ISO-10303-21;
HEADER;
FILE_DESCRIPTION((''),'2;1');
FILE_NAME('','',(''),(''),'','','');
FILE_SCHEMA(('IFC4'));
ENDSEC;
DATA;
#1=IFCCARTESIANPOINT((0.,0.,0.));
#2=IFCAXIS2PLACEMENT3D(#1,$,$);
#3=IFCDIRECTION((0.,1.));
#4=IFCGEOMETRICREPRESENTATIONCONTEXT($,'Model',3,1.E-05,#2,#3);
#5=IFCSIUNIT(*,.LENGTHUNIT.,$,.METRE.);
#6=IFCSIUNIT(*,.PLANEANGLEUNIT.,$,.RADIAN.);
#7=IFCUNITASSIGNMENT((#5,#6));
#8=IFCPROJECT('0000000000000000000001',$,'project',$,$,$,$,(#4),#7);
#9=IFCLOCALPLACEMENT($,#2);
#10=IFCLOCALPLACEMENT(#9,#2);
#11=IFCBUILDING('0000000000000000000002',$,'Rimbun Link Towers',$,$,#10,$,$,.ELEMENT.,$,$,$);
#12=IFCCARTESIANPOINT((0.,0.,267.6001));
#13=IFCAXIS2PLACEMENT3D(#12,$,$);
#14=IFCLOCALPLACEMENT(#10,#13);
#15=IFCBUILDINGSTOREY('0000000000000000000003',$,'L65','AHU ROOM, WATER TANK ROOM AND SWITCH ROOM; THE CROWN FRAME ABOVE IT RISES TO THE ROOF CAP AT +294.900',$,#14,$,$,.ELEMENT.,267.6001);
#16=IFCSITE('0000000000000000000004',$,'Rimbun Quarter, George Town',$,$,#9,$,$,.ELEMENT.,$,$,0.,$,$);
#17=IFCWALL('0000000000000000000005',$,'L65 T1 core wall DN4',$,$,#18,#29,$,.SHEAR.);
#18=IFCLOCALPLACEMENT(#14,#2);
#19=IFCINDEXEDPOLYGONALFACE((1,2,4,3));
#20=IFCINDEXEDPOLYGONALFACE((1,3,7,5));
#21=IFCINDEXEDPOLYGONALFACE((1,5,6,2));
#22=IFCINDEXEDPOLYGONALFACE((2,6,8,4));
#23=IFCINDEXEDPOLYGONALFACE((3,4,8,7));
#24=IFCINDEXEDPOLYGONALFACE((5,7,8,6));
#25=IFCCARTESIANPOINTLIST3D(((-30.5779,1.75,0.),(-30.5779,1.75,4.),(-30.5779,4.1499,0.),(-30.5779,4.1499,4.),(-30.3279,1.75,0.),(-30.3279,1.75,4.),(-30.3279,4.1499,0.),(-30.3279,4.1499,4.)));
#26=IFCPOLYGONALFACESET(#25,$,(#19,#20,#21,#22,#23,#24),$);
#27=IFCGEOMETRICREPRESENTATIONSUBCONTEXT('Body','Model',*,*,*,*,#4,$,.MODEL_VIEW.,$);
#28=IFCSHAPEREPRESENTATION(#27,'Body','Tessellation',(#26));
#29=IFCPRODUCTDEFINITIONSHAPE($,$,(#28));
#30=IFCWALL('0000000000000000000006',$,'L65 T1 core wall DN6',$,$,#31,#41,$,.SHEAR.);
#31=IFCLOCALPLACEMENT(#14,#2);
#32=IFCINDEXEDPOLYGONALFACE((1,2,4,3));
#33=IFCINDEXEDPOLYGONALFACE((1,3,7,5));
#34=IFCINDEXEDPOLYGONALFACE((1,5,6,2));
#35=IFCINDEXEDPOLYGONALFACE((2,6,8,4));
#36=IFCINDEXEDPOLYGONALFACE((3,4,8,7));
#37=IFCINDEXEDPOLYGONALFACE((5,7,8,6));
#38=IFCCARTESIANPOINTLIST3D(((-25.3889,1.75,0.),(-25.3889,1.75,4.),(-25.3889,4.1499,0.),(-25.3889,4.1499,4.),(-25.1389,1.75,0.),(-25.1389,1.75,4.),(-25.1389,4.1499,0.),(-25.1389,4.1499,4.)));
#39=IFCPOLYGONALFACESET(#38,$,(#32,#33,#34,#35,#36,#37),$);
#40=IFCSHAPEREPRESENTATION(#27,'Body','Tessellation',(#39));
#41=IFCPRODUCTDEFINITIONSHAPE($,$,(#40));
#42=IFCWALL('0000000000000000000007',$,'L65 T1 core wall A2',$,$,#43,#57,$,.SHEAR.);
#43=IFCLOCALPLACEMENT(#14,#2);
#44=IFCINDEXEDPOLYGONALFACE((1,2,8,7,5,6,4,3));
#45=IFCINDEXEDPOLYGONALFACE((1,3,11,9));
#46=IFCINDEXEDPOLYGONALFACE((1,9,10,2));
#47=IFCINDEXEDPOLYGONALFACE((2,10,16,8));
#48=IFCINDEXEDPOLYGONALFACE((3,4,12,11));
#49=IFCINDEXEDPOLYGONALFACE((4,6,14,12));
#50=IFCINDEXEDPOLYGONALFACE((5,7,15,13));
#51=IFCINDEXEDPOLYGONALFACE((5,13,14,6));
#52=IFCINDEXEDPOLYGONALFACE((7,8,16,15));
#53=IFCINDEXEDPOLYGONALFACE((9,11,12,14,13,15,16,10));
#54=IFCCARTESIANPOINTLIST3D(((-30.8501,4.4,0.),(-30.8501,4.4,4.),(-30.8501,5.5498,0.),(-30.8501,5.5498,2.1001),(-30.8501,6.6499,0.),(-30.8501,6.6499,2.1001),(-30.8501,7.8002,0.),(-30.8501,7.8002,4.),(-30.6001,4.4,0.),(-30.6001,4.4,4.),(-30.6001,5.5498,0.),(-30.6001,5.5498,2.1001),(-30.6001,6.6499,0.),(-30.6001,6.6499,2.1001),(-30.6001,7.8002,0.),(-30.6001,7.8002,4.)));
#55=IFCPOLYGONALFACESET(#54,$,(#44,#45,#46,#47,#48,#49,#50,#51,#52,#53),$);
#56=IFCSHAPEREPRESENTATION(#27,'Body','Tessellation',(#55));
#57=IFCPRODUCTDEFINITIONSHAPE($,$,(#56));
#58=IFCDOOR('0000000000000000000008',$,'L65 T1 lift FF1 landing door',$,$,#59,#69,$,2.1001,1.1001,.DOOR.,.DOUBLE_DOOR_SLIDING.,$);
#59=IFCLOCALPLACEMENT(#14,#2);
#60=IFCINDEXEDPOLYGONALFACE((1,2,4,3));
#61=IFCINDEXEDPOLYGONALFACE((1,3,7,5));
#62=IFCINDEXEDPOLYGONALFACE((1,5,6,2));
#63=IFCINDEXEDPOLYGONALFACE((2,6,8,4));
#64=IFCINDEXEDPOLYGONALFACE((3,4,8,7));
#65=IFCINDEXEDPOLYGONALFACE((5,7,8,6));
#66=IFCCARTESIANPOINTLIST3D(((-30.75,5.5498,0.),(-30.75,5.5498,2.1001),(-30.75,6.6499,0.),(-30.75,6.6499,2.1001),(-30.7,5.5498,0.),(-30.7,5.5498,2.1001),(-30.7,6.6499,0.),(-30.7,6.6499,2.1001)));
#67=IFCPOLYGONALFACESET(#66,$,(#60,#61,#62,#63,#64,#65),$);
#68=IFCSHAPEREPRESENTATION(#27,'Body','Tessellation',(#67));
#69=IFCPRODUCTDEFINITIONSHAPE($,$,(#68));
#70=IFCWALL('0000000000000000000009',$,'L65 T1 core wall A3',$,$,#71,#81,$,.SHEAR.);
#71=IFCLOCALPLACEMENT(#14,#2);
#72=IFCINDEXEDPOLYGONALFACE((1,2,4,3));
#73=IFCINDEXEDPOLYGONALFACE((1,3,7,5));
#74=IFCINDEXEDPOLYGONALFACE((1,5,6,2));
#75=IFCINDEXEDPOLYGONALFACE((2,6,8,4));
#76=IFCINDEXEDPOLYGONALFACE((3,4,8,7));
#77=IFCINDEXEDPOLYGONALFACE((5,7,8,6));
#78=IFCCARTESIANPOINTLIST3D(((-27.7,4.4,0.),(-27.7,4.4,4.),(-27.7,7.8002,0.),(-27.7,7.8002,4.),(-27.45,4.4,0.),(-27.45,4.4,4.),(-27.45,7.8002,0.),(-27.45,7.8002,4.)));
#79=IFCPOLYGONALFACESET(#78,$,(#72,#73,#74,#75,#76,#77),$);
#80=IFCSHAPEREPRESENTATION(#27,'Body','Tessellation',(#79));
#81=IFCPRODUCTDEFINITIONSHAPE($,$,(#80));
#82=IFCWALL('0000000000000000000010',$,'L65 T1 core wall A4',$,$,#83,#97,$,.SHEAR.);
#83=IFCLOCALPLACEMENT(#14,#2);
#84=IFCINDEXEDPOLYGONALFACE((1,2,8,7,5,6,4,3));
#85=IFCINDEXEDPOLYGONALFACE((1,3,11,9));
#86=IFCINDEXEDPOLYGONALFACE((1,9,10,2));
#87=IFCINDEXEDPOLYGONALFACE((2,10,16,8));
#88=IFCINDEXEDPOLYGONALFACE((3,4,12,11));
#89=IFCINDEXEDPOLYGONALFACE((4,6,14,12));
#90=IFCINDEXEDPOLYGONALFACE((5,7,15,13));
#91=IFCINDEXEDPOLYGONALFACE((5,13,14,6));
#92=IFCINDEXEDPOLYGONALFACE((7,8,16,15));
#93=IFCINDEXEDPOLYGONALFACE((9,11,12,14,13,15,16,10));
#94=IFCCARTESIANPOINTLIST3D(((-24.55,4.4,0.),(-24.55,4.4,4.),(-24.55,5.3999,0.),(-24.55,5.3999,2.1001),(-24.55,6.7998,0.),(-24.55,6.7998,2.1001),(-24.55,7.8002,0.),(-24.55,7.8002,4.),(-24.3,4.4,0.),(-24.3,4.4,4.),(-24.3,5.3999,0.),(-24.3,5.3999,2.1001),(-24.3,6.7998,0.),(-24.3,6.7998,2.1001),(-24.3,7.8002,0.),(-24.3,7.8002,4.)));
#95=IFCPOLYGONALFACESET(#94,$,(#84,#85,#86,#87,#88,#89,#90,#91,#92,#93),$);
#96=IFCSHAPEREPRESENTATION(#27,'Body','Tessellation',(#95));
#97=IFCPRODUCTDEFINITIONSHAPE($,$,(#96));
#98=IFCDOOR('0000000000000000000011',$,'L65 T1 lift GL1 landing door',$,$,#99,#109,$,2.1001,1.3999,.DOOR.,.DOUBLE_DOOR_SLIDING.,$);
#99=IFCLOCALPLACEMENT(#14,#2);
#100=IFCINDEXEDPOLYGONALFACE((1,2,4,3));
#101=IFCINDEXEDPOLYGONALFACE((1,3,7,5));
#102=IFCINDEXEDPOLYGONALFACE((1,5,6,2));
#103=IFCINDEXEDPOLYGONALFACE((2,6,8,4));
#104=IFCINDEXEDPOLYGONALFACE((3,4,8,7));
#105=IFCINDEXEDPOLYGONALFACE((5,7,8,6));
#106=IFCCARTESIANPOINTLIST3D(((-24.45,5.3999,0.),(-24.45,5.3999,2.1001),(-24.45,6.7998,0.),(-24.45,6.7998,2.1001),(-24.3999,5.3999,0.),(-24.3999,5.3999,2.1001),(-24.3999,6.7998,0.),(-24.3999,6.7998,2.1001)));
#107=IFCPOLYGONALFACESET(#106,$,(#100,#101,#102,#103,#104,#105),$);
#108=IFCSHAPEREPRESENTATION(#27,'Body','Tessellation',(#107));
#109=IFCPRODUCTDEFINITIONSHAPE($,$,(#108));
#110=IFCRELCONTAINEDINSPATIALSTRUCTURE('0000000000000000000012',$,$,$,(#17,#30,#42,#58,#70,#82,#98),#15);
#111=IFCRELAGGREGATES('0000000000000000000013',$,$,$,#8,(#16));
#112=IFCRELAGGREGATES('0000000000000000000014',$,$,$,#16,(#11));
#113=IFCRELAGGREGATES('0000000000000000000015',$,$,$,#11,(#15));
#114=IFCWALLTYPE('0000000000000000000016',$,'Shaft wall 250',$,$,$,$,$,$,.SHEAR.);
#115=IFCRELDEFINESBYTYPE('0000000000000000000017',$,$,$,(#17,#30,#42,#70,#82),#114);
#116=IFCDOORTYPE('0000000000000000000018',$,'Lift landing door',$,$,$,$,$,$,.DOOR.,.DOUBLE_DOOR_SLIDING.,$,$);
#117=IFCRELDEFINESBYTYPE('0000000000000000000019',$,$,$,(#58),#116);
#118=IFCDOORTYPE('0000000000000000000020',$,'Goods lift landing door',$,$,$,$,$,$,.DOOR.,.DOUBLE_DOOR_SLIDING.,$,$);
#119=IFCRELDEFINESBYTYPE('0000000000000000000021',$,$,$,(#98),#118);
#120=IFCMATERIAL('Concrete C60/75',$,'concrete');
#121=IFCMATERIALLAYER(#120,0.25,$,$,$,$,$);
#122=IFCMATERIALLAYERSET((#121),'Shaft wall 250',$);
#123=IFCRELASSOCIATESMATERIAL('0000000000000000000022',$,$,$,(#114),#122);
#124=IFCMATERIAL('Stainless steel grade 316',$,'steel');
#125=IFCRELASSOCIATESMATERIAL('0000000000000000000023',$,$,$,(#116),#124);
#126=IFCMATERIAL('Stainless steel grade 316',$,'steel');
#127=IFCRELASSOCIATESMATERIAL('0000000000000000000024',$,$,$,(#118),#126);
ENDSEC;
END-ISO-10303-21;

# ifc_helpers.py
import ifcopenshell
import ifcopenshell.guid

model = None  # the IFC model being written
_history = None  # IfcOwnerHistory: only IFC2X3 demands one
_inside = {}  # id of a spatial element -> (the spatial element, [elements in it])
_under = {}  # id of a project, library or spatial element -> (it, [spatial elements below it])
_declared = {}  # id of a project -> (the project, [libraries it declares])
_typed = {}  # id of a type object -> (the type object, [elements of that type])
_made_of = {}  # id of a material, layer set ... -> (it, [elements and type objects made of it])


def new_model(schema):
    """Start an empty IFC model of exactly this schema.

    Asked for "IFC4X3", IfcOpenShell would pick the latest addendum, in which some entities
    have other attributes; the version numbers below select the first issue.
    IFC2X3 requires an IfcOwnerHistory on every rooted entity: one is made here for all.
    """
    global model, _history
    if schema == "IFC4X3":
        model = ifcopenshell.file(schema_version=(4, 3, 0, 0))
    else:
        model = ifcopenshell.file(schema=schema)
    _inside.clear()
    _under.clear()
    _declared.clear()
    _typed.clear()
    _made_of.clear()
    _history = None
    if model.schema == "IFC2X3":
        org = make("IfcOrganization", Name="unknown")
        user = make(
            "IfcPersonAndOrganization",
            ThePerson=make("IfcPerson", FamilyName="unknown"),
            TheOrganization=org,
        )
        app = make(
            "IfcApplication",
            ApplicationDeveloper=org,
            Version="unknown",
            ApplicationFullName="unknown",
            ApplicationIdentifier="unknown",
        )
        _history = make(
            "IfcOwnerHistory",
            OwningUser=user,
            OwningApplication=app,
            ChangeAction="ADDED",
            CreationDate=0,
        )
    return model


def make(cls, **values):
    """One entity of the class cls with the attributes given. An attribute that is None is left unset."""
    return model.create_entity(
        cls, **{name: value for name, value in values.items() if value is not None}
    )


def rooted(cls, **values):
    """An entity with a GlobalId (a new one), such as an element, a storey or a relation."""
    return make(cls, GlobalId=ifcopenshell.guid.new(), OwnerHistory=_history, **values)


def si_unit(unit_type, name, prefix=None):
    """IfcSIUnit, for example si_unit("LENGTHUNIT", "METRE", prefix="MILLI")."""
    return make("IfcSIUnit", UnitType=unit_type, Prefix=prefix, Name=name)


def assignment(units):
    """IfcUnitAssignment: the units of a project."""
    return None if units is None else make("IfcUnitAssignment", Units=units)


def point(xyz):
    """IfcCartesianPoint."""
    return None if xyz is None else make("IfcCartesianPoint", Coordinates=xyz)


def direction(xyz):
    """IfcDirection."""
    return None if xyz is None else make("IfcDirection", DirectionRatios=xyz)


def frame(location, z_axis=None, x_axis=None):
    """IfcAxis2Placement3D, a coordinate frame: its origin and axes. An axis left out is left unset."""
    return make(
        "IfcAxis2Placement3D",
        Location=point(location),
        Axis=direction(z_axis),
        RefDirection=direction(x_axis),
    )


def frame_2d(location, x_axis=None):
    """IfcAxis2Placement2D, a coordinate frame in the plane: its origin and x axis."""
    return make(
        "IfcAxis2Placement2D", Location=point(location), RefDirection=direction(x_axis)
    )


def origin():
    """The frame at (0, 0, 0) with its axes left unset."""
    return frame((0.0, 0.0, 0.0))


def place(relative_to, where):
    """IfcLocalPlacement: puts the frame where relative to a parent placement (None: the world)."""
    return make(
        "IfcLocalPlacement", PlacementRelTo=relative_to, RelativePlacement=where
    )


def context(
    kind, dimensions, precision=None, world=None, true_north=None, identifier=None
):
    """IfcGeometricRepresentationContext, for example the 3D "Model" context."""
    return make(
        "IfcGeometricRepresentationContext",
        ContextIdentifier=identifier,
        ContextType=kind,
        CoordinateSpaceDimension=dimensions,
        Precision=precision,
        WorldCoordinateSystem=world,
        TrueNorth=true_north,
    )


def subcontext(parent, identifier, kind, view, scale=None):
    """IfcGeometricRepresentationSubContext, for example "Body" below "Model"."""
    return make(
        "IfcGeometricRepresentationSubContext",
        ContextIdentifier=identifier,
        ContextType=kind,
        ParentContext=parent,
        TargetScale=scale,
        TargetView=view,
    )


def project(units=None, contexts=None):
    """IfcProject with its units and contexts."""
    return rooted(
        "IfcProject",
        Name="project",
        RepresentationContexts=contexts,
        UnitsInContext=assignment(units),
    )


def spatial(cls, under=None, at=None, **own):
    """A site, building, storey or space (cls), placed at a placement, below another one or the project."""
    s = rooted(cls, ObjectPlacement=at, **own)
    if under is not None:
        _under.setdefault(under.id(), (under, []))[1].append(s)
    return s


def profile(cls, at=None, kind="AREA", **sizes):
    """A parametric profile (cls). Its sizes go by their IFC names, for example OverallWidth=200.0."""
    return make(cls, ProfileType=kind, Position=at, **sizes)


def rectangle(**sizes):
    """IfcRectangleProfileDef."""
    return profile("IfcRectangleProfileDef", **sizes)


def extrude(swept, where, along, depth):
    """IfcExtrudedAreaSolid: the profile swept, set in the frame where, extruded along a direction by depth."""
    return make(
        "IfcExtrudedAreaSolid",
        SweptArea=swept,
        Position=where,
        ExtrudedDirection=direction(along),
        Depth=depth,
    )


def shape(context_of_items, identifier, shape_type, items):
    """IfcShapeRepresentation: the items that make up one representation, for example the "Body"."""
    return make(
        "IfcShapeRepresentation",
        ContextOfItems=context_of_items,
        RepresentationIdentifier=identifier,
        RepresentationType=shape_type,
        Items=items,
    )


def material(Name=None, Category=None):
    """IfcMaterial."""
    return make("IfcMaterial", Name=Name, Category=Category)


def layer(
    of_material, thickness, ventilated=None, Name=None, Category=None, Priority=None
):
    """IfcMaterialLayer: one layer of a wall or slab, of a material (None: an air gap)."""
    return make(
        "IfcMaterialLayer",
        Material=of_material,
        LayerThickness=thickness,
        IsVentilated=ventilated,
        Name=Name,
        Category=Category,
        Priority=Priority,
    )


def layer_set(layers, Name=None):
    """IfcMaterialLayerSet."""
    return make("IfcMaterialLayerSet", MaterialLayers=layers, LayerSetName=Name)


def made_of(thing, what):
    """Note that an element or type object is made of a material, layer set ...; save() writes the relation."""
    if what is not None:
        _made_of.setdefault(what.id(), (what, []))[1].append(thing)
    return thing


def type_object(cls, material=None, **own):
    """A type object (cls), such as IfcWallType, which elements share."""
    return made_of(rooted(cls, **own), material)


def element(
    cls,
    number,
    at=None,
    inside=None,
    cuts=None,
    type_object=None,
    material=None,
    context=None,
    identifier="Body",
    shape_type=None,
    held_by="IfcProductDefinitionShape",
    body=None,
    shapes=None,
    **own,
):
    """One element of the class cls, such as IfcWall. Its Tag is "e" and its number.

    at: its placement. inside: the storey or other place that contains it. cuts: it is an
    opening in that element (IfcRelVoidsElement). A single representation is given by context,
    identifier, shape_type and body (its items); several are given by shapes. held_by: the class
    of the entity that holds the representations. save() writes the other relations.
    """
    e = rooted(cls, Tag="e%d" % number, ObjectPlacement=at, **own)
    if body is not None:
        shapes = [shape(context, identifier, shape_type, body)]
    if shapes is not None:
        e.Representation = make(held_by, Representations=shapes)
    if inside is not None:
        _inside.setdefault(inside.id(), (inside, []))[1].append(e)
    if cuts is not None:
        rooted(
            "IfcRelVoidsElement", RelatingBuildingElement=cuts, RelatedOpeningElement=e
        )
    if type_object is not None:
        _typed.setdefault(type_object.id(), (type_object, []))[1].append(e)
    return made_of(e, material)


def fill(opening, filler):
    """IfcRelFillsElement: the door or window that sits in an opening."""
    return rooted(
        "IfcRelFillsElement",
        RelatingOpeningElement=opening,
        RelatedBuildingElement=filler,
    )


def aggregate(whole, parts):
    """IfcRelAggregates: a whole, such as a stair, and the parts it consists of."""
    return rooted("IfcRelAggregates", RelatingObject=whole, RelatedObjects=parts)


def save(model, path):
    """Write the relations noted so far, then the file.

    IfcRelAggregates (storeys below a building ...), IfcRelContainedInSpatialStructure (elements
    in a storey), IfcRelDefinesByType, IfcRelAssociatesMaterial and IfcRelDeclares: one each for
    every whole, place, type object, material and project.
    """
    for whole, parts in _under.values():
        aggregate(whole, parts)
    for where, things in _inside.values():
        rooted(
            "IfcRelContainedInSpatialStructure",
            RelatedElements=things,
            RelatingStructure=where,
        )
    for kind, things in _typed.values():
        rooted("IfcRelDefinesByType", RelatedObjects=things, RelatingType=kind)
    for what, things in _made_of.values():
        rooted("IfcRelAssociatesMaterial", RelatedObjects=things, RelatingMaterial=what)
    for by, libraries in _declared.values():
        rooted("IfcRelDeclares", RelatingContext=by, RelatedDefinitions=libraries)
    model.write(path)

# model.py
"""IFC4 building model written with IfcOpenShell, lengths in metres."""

from ifc_helpers import new_model, si_unit, direction, frame, frame_2d, origin, place, context, subcontext, project, spatial, rectangle, extrude, material, layer, layer_set, type_object, element, fill, save


model = new_model("IFC4")

# Units and contexts
model_context = context("Model", 3, precision=1e-05, world=origin(), true_north=direction((0.0, 1.0)))
body_context = subcontext(model_context, "Body", "Model", "MODEL_VIEW")
ifc_project = project(units=[si_unit("LENGTHUNIT", "METRE"), si_unit("PLANEANGLEUNIT", "RADIAN")], contexts=[model_context])

# Site, building, storey
site_placement = place(None, origin())
site = spatial("IfcSite", under=ifc_project, at=site_placement, Name="Rimbun Quarter, George Town", CompositionType="ELEMENT", RefElevation=0.0)
building_placement = place(site_placement, origin())
building = spatial("IfcBuilding", under=site, at=building_placement, Name="Rimbun Link Towers", CompositionType="ELEMENT")
storey_placement = place(building_placement, frame((0.0, 0.0, 267.6001)))
storey = spatial("IfcBuildingStorey", under=building, at=storey_placement, Name="L65", Description="AHU ROOM, WATER TANK ROOM AND SWITCH ROOM; THE CROWN FRAME ABOVE IT RISES TO THE ROOF CAP AT +294.900", CompositionType="ELEMENT", Elevation=267.6001)

# Walls
ifc_material_1 = material(Name="Concrete C60/75", Category="concrete")
ifc_layer_1 = layer(ifc_material_1, 0.25)
ifc_layer_set_1 = layer_set([ifc_layer_1], Name="Shaft wall 250")
wall_type_1 = type_object("IfcWallType", Name="Shaft wall 250", PredefinedType="SHEAR", material=ifc_layer_set_1)
for number, where, z_axis, x_axis, name in (
    (1, (-30.4529, 1.75, 0.0), (0.0, 0.0, 1.0), (0.0, 1.0, 0.0), "L65 T1 core wall DN4"),
    (2, (-25.2639, 1.75, 0.0), (0.0, 0.0, 1.0), (0.0, 1.0, 0.0), "L65 T1 core wall DN6"),
):
    element("IfcWall", number, at=place(storey_placement, frame(where, z_axis=z_axis, x_axis=x_axis)), inside=storey, type_object=wall_type_1, Name=name, PredefinedType="SHEAR", context=body_context, shape_type="SweptSolid", body=[
        extrude(rectangle(XDim=2.3999, YDim=0.25, at=frame_2d((1.2, 0.0))), origin(), (0.0, 0.0, 1.0), 4.0),
    ])

# Wall, opening, door
wall_1_placement = place(storey_placement, frame((-30.7251, 4.3999, 0.0), z_axis=(0.0, 0.0, 1.0), x_axis=(0.0, 1.0, 0.0)))
wall_1 = element("IfcWall", 3, at=wall_1_placement, inside=storey, type_object=wall_type_1, Name="L65 T1 core wall A2", PredefinedType="SHEAR", context=body_context, shape_type="SweptSolid", body=[
    extrude(rectangle(XDim=3.4001, YDim=0.25, at=frame_2d((1.7002, 0.0))), origin(), (0.0, 0.0, 1.0), 4.0),
])
opening_1_placement = place(wall_1_placement, frame((1.1499, 0.0, 0.0)))
opening_1 = element("IfcOpeningElement", 4, at=opening_1_placement, cuts=wall_1, PredefinedType="OPENING", context=body_context, shape_type="SweptSolid", body=[
    extrude(rectangle(XDim=1.1001, YDim=2.1001, at=frame_2d((0.55, 1.05))), frame((0.0, 0.135, 0.0), z_axis=(0.0, -1.0, 0.0), x_axis=(1.0, 0.0, 0.0)), (0.0, 0.0, 1.0), 0.27),
])
ifc_material_2 = material(Name="Stainless steel grade 316", Category="steel")
door_type_1 = type_object("IfcDoorType", Name="Lift landing door", OperationType="DOUBLE_DOOR_SLIDING", PredefinedType="DOOR", material=ifc_material_2)
door_1_placement = place(opening_1_placement, origin())
door_1 = element("IfcDoor", 5, at=door_1_placement, inside=storey, type_object=door_type_1, Name="L65 T1 lift FF1 landing door", OperationType="DOUBLE_DOOR_SLIDING", OverallHeight=2.1001, OverallWidth=1.1001, PredefinedType="DOOR", context=body_context, shape_type="SweptSolid", body=[
    extrude(rectangle(XDim=1.1001, YDim=2.1001, at=frame_2d((0.55, 1.05))), frame((0.0, 0.0249, 0.0), z_axis=(0.0, -1.0, 0.0), x_axis=(1.0, 0.0, 0.0)), (0.0, 0.0, 1.0), 0.05),
])
fill(opening_1, door_1)

# Wall
wall_2_placement = place(storey_placement, frame((-27.575, 4.3999, 0.0), z_axis=(0.0, 0.0, 1.0), x_axis=(0.0, 1.0, 0.0)))
element("IfcWall", 6, at=wall_2_placement, inside=storey, type_object=wall_type_1, Name="L65 T1 core wall A3", PredefinedType="SHEAR", context=body_context, shape_type="SweptSolid", body=[
    extrude(rectangle(XDim=3.4001, YDim=0.25, at=frame_2d((1.7002, 0.0))), origin(), (0.0, 0.0, 1.0), 4.0),
])

# Wall, opening, door
wall_3_placement = place(storey_placement, frame((-24.425, 4.3999, 0.0), z_axis=(0.0, 0.0, 1.0), x_axis=(0.0, 1.0, 0.0)))
wall_3 = element("IfcWall", 7, at=wall_3_placement, inside=storey, type_object=wall_type_1, Name="L65 T1 core wall A4", PredefinedType="SHEAR", context=body_context, shape_type="SweptSolid", body=[
    extrude(rectangle(XDim=3.4001, YDim=0.25, at=frame_2d((1.7002, 0.0))), origin(), (0.0, 0.0, 1.0), 4.0),
])
opening_2_placement = place(wall_3_placement, frame((1.0, 0.0, 0.0)))
opening_2 = element("IfcOpeningElement", 8, at=opening_2_placement, cuts=wall_3, PredefinedType="OPENING", context=body_context, shape_type="SweptSolid", body=[
    extrude(rectangle(XDim=1.3999, YDim=2.1001, at=frame_2d((0.7, 1.05))), frame((0.0, 0.135, 0.0), z_axis=(0.0, -1.0, 0.0), x_axis=(1.0, 0.0, 0.0)), (0.0, 0.0, 1.0), 0.27),
])
ifc_material_3 = material(Name="Stainless steel grade 316", Category="steel")
door_type_2 = type_object("IfcDoorType", Name="Goods lift landing door", OperationType="DOUBLE_DOOR_SLIDING", PredefinedType="DOOR", material=ifc_material_3)
door_2_placement = place(opening_2_placement, origin())
door_2 = element("IfcDoor", 9, at=door_2_placement, inside=storey, type_object=door_type_2, Name="L65 T1 lift GL1 landing door", OperationType="DOUBLE_DOOR_SLIDING", OverallHeight=2.1001, OverallWidth=1.3999, PredefinedType="DOOR", context=body_context, shape_type="SweptSolid", body=[
    extrude(rectangle(XDim=1.3999, YDim=2.1001, at=frame_2d((0.7, 1.05))), frame((0.0, 0.0249, 0.0), z_axis=(0.0, -1.0, 0.0), x_axis=(1.0, 0.0, 0.0)), (0.0, 0.0, 1.0), 0.05),
])
fill(opening_2, door_2)

save(model, "model.ifc")
